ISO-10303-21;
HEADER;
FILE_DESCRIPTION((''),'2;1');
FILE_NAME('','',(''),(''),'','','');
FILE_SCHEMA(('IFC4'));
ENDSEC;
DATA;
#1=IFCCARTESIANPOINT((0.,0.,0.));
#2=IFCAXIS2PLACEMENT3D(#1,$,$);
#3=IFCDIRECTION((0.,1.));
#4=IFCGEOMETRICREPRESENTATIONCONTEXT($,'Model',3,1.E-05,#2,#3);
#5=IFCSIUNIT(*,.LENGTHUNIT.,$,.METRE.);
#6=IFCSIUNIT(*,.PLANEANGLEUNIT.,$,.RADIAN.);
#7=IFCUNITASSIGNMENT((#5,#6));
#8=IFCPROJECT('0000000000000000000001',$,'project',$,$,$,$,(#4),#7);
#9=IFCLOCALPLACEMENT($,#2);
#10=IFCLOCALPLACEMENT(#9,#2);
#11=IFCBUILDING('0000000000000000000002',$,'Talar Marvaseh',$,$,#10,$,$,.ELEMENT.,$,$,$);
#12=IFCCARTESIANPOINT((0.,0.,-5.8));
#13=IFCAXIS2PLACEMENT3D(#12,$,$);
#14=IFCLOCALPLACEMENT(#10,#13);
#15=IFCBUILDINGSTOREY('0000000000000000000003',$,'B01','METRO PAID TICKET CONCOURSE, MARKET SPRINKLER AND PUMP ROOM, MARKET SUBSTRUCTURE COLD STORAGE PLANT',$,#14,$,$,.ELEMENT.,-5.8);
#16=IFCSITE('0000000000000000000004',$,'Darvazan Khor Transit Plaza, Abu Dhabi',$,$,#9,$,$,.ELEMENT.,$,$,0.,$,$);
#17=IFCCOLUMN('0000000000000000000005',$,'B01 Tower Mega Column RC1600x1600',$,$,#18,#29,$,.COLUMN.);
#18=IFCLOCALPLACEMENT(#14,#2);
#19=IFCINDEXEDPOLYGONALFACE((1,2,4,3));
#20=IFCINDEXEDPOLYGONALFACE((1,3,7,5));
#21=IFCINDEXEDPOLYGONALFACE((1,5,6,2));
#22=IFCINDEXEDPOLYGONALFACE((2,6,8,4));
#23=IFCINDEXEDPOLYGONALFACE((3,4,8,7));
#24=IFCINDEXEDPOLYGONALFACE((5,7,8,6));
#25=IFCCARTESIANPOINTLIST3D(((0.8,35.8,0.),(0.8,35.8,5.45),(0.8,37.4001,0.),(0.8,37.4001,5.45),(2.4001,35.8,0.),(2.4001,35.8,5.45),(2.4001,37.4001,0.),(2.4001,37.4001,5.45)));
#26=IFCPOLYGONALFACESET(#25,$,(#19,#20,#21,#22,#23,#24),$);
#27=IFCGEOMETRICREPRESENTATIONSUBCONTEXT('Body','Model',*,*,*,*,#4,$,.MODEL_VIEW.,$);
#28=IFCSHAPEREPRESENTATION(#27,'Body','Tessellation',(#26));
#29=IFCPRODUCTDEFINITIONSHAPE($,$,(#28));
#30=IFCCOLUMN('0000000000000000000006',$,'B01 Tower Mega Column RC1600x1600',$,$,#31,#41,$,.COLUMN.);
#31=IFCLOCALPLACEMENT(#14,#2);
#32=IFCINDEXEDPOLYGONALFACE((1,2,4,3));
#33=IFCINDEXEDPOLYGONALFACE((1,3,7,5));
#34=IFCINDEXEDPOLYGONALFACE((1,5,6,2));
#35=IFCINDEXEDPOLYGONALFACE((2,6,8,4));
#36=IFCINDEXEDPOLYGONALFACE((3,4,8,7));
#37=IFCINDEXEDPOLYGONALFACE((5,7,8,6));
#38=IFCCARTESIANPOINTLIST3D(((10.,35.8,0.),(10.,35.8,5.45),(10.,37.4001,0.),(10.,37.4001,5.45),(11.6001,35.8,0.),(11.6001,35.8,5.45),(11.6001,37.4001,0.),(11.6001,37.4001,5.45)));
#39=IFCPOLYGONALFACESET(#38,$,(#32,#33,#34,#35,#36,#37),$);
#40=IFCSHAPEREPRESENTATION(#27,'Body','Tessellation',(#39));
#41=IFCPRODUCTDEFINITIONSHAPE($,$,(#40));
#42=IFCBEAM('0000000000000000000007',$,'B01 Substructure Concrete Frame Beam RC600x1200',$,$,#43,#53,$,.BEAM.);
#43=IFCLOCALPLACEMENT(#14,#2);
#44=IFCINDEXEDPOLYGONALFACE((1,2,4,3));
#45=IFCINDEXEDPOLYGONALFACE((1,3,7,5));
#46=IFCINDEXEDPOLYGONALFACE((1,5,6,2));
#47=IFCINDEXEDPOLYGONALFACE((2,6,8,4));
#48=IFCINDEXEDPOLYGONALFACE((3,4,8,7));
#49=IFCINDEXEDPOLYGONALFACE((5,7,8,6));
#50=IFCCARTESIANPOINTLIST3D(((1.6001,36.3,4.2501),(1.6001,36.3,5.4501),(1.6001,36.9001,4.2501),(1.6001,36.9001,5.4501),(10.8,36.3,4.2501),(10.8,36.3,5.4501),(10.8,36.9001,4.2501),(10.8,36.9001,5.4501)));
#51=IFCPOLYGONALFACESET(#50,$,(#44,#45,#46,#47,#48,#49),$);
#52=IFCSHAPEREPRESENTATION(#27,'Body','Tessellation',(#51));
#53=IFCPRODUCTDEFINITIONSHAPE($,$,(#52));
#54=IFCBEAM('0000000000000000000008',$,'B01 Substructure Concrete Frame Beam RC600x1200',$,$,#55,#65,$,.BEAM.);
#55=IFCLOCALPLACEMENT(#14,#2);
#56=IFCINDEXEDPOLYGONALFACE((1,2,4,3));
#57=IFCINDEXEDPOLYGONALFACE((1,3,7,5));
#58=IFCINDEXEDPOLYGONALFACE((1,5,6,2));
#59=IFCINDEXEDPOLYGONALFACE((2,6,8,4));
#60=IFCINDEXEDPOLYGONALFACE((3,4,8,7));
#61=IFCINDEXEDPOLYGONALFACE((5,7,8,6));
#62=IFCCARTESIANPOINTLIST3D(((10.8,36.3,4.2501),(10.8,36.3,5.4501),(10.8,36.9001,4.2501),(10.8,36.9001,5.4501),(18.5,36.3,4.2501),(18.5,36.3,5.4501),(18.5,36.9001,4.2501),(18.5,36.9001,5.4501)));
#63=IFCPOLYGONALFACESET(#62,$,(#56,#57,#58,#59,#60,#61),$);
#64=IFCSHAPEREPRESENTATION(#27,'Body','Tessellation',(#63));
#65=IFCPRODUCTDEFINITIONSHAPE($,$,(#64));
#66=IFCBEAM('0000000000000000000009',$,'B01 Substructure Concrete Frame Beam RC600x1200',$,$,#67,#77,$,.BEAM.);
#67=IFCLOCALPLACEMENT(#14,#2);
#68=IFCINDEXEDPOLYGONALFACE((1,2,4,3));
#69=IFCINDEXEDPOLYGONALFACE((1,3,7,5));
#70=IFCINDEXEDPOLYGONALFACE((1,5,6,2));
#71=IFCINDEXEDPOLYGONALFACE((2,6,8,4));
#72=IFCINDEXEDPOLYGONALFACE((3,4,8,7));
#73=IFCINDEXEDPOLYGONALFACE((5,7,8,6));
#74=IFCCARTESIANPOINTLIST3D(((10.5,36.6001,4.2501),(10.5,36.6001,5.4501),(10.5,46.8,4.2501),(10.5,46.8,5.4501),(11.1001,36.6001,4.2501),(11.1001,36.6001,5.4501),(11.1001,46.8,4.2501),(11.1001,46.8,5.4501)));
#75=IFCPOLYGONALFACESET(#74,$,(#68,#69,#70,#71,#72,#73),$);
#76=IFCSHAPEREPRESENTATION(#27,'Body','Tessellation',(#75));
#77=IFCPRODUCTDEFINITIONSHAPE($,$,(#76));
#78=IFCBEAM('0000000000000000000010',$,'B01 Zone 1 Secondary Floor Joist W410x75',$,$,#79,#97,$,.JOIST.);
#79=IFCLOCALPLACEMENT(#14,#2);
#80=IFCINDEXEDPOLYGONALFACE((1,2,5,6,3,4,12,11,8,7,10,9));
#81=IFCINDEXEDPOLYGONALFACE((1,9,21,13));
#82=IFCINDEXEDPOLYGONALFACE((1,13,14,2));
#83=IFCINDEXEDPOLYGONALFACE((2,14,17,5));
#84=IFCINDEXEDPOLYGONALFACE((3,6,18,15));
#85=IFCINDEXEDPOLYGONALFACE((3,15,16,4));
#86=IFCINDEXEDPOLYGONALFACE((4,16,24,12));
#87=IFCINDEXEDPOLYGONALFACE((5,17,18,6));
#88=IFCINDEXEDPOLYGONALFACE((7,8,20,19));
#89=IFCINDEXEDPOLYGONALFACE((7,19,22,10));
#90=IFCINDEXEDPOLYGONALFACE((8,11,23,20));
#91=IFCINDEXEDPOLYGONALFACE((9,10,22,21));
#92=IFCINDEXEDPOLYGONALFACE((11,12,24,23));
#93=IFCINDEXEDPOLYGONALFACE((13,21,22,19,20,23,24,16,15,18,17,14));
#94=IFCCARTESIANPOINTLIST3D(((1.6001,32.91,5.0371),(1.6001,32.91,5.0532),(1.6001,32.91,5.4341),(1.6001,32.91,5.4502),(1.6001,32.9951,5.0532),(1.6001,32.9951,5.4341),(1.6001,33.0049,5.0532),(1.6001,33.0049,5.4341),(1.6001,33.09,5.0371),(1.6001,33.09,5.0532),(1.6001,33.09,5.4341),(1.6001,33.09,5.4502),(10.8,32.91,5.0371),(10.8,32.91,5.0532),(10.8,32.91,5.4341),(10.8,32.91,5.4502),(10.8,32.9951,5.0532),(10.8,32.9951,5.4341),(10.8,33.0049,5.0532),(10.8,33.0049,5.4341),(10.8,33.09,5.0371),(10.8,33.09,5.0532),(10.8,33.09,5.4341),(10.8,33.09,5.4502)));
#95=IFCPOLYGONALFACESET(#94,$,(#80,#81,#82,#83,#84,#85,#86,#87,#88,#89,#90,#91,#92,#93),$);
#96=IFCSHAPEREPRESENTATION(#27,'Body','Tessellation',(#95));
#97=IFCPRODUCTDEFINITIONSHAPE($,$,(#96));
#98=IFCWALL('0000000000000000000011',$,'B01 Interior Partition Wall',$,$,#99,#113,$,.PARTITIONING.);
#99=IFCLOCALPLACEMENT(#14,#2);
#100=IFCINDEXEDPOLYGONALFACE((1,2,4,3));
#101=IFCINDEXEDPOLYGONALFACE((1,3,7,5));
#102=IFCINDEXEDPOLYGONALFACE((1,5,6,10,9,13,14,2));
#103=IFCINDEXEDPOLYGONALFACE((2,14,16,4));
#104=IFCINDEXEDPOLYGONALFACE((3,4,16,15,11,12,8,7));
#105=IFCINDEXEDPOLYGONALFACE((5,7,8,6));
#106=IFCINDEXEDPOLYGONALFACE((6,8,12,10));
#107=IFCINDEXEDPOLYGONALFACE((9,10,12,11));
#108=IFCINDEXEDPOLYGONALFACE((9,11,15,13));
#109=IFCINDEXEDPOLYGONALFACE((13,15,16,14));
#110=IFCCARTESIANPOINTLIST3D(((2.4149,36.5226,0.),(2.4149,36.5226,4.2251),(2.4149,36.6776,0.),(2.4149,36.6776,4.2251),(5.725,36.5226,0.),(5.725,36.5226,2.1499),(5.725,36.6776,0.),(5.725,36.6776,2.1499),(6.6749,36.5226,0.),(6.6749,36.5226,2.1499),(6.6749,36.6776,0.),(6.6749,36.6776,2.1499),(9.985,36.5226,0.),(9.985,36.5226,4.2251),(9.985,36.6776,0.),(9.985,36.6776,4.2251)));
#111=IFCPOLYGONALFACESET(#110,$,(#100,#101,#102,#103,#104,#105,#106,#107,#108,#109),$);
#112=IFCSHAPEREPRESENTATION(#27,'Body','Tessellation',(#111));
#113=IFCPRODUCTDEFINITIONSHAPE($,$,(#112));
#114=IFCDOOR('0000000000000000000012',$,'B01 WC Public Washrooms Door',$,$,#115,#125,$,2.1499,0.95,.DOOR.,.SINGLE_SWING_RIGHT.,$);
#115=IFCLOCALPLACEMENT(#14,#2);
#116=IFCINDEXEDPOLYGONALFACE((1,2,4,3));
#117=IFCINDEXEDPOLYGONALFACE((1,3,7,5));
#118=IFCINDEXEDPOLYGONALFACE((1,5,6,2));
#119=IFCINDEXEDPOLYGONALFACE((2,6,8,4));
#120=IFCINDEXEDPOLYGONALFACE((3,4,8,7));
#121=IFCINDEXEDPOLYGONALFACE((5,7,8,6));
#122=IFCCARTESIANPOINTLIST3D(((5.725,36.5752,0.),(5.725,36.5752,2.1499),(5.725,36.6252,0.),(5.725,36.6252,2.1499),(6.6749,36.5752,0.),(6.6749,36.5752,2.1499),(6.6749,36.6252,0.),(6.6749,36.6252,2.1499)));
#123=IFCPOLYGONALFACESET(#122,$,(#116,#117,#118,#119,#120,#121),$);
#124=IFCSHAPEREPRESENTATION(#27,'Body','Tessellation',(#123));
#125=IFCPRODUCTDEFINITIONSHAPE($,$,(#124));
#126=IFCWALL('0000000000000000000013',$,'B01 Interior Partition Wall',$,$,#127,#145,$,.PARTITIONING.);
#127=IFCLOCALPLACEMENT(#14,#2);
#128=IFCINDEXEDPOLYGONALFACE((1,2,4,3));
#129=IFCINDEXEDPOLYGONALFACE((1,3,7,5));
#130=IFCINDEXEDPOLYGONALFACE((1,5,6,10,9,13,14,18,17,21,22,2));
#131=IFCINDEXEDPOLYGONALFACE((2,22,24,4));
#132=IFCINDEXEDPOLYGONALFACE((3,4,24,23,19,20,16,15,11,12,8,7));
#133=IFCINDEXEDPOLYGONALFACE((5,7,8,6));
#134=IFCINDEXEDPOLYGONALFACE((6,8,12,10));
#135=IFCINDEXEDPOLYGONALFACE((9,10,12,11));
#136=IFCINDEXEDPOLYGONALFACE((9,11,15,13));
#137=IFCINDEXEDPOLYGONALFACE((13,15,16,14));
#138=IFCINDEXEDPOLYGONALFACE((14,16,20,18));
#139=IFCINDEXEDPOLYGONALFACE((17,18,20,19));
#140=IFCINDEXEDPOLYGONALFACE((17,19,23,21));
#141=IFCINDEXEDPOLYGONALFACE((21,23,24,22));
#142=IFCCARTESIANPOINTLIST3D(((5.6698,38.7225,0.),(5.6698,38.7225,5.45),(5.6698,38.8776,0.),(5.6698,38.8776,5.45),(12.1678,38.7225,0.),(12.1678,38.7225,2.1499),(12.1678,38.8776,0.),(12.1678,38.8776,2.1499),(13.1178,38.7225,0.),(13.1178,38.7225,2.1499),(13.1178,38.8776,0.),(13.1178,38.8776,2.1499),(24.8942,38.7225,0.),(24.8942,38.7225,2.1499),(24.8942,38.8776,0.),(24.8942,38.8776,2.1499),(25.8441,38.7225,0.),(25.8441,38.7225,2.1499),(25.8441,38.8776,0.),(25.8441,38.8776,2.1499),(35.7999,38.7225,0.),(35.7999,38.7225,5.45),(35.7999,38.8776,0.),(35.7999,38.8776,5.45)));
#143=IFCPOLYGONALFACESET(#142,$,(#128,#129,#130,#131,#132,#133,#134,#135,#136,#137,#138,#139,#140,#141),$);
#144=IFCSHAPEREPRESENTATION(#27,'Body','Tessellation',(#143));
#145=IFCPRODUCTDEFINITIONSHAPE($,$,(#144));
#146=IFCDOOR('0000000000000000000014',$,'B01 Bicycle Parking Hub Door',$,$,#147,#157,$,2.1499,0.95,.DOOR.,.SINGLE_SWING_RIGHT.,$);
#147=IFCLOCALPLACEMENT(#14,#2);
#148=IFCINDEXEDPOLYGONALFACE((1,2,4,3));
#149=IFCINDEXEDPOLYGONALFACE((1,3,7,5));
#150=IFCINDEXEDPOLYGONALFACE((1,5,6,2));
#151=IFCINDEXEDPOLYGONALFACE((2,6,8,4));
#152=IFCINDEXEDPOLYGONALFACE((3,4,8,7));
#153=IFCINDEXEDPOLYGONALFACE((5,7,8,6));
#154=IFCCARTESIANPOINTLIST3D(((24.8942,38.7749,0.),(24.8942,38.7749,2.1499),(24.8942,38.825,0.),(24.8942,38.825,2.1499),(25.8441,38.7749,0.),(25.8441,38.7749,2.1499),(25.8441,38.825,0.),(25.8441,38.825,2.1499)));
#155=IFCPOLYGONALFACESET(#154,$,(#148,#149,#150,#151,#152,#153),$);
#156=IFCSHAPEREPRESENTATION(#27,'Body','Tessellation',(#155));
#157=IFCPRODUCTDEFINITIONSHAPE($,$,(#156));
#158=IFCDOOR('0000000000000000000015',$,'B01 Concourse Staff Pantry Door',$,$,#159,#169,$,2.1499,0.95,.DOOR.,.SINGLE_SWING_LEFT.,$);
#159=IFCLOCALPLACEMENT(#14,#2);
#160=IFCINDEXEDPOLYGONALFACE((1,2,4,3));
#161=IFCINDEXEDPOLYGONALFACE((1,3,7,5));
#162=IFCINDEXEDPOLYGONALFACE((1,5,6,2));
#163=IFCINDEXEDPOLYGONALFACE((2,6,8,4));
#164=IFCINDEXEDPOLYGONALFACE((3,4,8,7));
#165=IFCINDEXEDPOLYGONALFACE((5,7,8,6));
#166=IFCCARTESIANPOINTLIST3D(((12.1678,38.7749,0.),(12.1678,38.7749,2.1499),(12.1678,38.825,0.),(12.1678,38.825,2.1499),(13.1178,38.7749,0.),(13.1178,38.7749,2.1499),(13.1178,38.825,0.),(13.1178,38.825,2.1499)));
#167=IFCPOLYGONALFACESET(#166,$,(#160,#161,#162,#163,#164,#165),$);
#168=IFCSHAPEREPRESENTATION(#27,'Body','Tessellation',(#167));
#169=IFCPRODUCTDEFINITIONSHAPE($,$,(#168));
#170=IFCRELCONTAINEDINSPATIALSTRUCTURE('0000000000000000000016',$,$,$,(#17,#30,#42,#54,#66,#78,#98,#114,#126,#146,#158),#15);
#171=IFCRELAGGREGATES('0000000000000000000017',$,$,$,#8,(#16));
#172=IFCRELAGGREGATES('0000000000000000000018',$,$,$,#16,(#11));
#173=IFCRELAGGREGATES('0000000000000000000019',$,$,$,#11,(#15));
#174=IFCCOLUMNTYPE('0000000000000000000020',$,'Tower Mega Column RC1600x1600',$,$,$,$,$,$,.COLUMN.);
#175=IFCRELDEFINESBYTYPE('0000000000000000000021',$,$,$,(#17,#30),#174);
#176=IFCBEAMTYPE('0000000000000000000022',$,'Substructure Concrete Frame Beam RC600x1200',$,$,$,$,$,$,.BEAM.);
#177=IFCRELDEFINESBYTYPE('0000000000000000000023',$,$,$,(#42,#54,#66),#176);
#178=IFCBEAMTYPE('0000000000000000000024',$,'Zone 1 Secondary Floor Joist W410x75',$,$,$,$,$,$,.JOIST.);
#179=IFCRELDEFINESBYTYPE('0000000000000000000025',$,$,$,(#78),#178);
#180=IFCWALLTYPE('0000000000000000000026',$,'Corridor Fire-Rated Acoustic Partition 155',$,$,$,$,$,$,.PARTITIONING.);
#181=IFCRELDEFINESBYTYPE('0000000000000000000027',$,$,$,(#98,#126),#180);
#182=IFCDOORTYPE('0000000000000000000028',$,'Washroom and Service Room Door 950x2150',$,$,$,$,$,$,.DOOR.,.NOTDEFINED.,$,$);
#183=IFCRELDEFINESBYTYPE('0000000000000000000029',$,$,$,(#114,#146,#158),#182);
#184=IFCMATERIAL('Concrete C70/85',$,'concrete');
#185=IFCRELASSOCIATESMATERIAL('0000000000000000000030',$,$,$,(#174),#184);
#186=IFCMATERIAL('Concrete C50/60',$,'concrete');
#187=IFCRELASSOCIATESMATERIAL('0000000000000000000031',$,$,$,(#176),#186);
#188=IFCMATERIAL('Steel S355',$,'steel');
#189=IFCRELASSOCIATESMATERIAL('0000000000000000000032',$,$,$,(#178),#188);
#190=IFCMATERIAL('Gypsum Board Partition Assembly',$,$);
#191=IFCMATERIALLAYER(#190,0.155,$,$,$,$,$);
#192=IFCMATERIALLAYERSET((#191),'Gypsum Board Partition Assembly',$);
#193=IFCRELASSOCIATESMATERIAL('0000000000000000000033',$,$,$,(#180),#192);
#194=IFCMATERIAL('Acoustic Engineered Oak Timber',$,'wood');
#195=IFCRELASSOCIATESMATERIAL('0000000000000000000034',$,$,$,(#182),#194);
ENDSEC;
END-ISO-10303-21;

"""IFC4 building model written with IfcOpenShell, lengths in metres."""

from ifc_helpers import new_model, si_unit, direction, frame, frame_2d, origin, origin_2d, place, context, subcontext, project, spatial, rectangle, i_section, extrude, source, transform, mapped, material, layer, layer_set, material_profile, profile_set, type_object, type_shapes, element, fill, save


model = new_model("IFC4")

# Units and contexts
model_context = context("Model", 3, precision=1e-05, world=origin(), true_north=direction((0.0, 1.0)))
body_context = subcontext(model_context, "Body", "Model", "MODEL_VIEW")
ifc_project = project(units=[si_unit("LENGTHUNIT", "METRE"), si_unit("PLANEANGLEUNIT", "RADIAN")], contexts=[model_context])

# Site, building, storey
site_placement = place(None, origin())
site = spatial("IfcSite", under=ifc_project, at=site_placement, Name="Darvazan Khor Transit Plaza, Abu Dhabi", CompositionType="ELEMENT", RefElevation=0.0)
building_placement = place(site_placement, origin())
building = spatial("IfcBuilding", under=site, at=building_placement, Name="Talar Marvaseh", CompositionType="ELEMENT")
storey_placement = place(building_placement, frame((0.0, 0.0, -5.8)))
storey = spatial("IfcBuildingStorey", under=building, at=storey_placement, Name="B01", Description="METRO PAID TICKET CONCOURSE, MARKET SPRINKLER AND PUMP ROOM, MARKET SUBSTRUCTURE COLD STORAGE PLANT", CompositionType="ELEMENT", Elevation=-5.8)

# Columns
ifc_material_1 = material(Name="Concrete C70/85", Category="concrete")
ifc_material_profile_1 = material_profile(ifc_material_1, rectangle(XDim=1.6001, YDim=1.6001, at=origin_2d()), Name="RC1600x1600")
ifc_profile_set_1 = profile_set([ifc_material_profile_1], Name="Concrete C70/85")
column_type = type_object("IfcColumnType", Name="Tower Mega Column RC1600x1600", PredefinedType="COLUMN", material=ifc_profile_set_1)
for number, where, z_axis, x_axis, name in (
    (1, (1.6001, 36.6001, 0.0), (0.0, 0.0, 1.0), (1.0, 0.0, 0.0), "B01 Tower Mega Column RC1600x1600"),
    (2, (10.8, 36.6001, 0.0), (0.0, 0.0, 1.0), (1.0, 0.0, 0.0), "B01 Tower Mega Column RC1600x1600"),
):
    element("IfcColumn", number, at=place(storey_placement, frame(where, z_axis=z_axis, x_axis=x_axis)), inside=storey, type_object=column_type, Name=name, PredefinedType="COLUMN", context=body_context, shape_type="SweptSolid", body=[
        extrude(rectangle(XDim=1.6001, YDim=1.6001, at=origin_2d()), origin(), (0.0, 0.0, 1.0), 5.45),
    ])

# Beams
ifc_material_2 = material(Name="Concrete C50/60", Category="concrete")
ifc_material_profile_2 = material_profile(ifc_material_2, rectangle(XDim=0.6001, YDim=1.2, at=origin_2d()), Name="RC600x1200")
ifc_profile_set_2 = profile_set([ifc_material_profile_2], Name="Concrete C50/60")
beam_type_1 = type_object("IfcBeamType", Name="Substructure Concrete Frame Beam RC600x1200", PredefinedType="BEAM", material=ifc_profile_set_2)
beam_1_placement = place(storey_placement, frame((1.6001, 36.6001, 4.8501), z_axis=(1.0, 0.0, 0.0), x_axis=(0.0, 1.0, 0.0)))
element("IfcBeam", 3, at=beam_1_placement, inside=storey, type_object=beam_type_1, Name="B01 Substructure Concrete Frame Beam RC600x1200", PredefinedType="BEAM", context=body_context, shape_type="SweptSolid", body=[
    extrude(rectangle(XDim=0.6001, YDim=1.2, at=origin_2d()), origin(), (0.0, 0.0, 1.0), 9.2),
])
beam_2_placement = place(storey_placement, frame((10.8, 36.6001, 4.8501), z_axis=(1.0, 0.0, 0.0), x_axis=(0.0, 1.0, 0.0)))
element("IfcBeam", 4, at=beam_2_placement, inside=storey, type_object=beam_type_1, Name="B01 Substructure Concrete Frame Beam RC600x1200", PredefinedType="BEAM", context=body_context, shape_type="SweptSolid", body=[
    extrude(rectangle(XDim=0.6001, YDim=1.2, at=origin_2d()), origin(), (0.0, 0.0, 1.0), 7.7),
])
beam_3_placement = place(storey_placement, frame((10.8, 36.6001, 4.8501), z_axis=(0.0, 1.0, 0.0), x_axis=(-1.0, 0.0, 0.0)))
element("IfcBeam", 5, at=beam_3_placement, inside=storey, type_object=beam_type_1, Name="B01 Substructure Concrete Frame Beam RC600x1200", PredefinedType="BEAM", context=body_context, shape_type="SweptSolid", body=[
    extrude(rectangle(XDim=0.6001, YDim=1.2, at=origin_2d()), origin(), (0.0, 0.0, 1.0), 10.2),
])
ifc_material_3 = material(Name="Steel S355", Category="steel")
ifc_material_profile_3 = material_profile(ifc_material_3, i_section(OverallWidth=0.1799, OverallDepth=0.4131, WebThickness=0.0098, FlangeThickness=0.0161, at=origin_2d()), Name="W410x75")
ifc_profile_set_3 = profile_set([ifc_material_profile_3], Name="Steel S355")
beam_type_2 = type_object("IfcBeamType", Name="Zone 1 Secondary Floor Joist W410x75", PredefinedType="JOIST", material=ifc_profile_set_3)
beam_4_placement = place(storey_placement, frame((1.6001, 33.0, 5.2437), z_axis=(1.0, 0.0, 0.0), x_axis=(0.0, 1.0, 0.0)))
element("IfcBeam", 6, at=beam_4_placement, inside=storey, type_object=beam_type_2, Name="B01 Zone 1 Secondary Floor Joist W410x75", PredefinedType="JOIST", context=body_context, shape_type="SweptSolid", body=[
    extrude(i_section(OverallWidth=0.1799, OverallDepth=0.4131, WebThickness=0.0098, FlangeThickness=0.0161, at=origin_2d()), origin(), (0.0, 0.0, 1.0), 9.2),
])

# Wall, opening, door
ifc_material_4 = material(Name="Gypsum Board Partition Assembly")
ifc_layer_1 = layer(ifc_material_4, 0.155)
ifc_layer_set_1 = layer_set([ifc_layer_1], Name="Gypsum Board Partition Assembly")
wall_type_1 = type_object("IfcWallType", Name="Corridor Fire-Rated Acoustic Partition 155", PredefinedType="PARTITIONING", material=ifc_layer_set_1)
wall_1_placement = place(storey_placement, frame((9.9851, 36.6001, 0.0), z_axis=(0.0, 0.0, 1.0), x_axis=(-1.0, 0.0, 0.0)))
wall_1 = element("IfcWall", 7, at=wall_1_placement, inside=storey, type_object=wall_type_1, Name="B01 Interior Partition Wall", PredefinedType="PARTITIONING", context=body_context, shape_type="SweptSolid", body=[
    extrude(rectangle(XDim=7.5701, YDim=0.155, at=frame_2d((3.7852, 0.0))), origin(), (0.0, 0.0, 1.0), 4.2251),
])
opening_1_placement = place(wall_1_placement, frame((3.3101, 0.0, 0.0)))
opening_1 = element("IfcOpeningElement", 8, at=opening_1_placement, cuts=wall_1, PredefinedType="OPENING", context=body_context, shape_type="SweptSolid", body=[
    extrude(rectangle(XDim=0.95, YDim=2.1499, at=frame_2d((0.4751, 1.075))), frame((0.0, 0.0874, 0.0), z_axis=(0.0, -1.0, 0.0), x_axis=(1.0, 0.0, 0.0)), (0.0, 0.0, 1.0), 0.175),
])
ifc_material_5 = material(Name="Acoustic Engineered Oak Timber", Category="wood")
door_type_1 = type_object("IfcDoorType", Name="Washroom and Service Room Door 950x2150", OperationType="NOTDEFINED", PredefinedType="DOOR", material=ifc_material_5)
shared_shape_1 = source(origin(), body_context, "Body", "SweptSolid", [
    extrude(rectangle(XDim=0.95, YDim=2.1499, at=frame_2d((0.4751, 1.075))), frame((0.0, 0.0249, 0.0), z_axis=(0.0, -1.0, 0.0), x_axis=(1.0, 0.0, 0.0)), (0.0, 0.0, 1.0), 0.05),
])
type_shapes(door_type_1, [shared_shape_1])
door_1_placement = place(opening_1_placement, origin())
door_1 = element("IfcDoor", 9, at=door_1_placement, inside=storey, type_object=door_type_1, Name="B01 WC Public Washrooms Door", OperationType="SINGLE_SWING_RIGHT", OverallHeight=2.1499, OverallWidth=0.95, PredefinedType="DOOR", context=body_context, shape_type="MappedRepresentation", body=[
    mapped(shared_shape_1, transform((0.0, 0.0, 0.0), x_axis=(1.0, 0.0, 0.0), y_axis=(0.0, 1.0, 0.0), z_axis=(0.0, 0.0, 1.0), scale=1.0)),
])
fill(opening_1, door_1)

# Wall, openings, doors
wall_2_placement = place(storey_placement, frame((5.6699, 38.8, 0.0), z_axis=(0.0, 0.0, 1.0), x_axis=(1.0, 0.0, 0.0)))
wall_2 = element("IfcWall", 10, at=wall_2_placement, inside=storey, type_object=wall_type_1, Name="B01 Interior Partition Wall", PredefinedType="PARTITIONING", context=body_context, shape_type="SweptSolid", body=[
    extrude(rectangle(XDim=30.1301, YDim=0.155, at=frame_2d((15.0649, 0.0))), origin(), (0.0, 0.0, 1.0), 5.45),
])
opening_2_placement = place(wall_2_placement, frame((19.2241, 0.0, 0.0)))
opening_2 = element("IfcOpeningElement", 11, at=opening_2_placement, cuts=wall_2, PredefinedType="OPENING", context=body_context, shape_type="SweptSolid", body=[
    extrude(rectangle(XDim=0.95, YDim=2.1499, at=frame_2d((0.4751, 1.075))), frame((0.0, 0.0874, 0.0), z_axis=(0.0, -1.0, 0.0), x_axis=(1.0, 0.0, 0.0)), (0.0, 0.0, 1.0), 0.175),
])
opening_3_placement = place(wall_2_placement, frame((6.4978, 0.0, 0.0)))
opening_3 = element("IfcOpeningElement", 12, at=opening_3_placement, cuts=wall_2, PredefinedType="OPENING", context=body_context, shape_type="SweptSolid", body=[
    extrude(rectangle(XDim=0.95, YDim=2.1499, at=frame_2d((0.4751, 1.075))), frame((0.0, 0.0874, 0.0), z_axis=(0.0, -1.0, 0.0), x_axis=(1.0, 0.0, 0.0)), (0.0, 0.0, 1.0), 0.175),
])
door_2_placement = place(opening_2_placement, origin())
door_2 = element("IfcDoor", 13, at=door_2_placement, inside=storey, type_object=door_type_1, Name="B01 Bicycle Parking Hub Door", OperationType="SINGLE_SWING_RIGHT", OverallHeight=2.1499, OverallWidth=0.95, PredefinedType="DOOR", context=body_context, shape_type="MappedRepresentation", body=[
    mapped(shared_shape_1, transform((0.0, 0.0, 0.0), x_axis=(1.0, 0.0, 0.0), y_axis=(0.0, 1.0, 0.0), z_axis=(0.0, 0.0, 1.0), scale=1.0)),
])
fill(opening_2, door_2)
door_3_placement = place(opening_3_placement, origin())
door_3 = element("IfcDoor", 14, at=door_3_placement, inside=storey, type_object=door_type_1, Name="B01 Concourse Staff Pantry Door", OperationType="SINGLE_SWING_LEFT", OverallHeight=2.1499, OverallWidth=0.95, PredefinedType="DOOR", context=body_context, shape_type="MappedRepresentation", body=[
    mapped(shared_shape_1, transform((0.0, 0.0, 0.0), x_axis=(1.0, 0.0, 0.0), y_axis=(0.0, 1.0, 0.0), z_axis=(0.0, 0.0, 1.0), scale=1.0)),
])
fill(opening_3, door_3)

save(model, "model.ifc")
